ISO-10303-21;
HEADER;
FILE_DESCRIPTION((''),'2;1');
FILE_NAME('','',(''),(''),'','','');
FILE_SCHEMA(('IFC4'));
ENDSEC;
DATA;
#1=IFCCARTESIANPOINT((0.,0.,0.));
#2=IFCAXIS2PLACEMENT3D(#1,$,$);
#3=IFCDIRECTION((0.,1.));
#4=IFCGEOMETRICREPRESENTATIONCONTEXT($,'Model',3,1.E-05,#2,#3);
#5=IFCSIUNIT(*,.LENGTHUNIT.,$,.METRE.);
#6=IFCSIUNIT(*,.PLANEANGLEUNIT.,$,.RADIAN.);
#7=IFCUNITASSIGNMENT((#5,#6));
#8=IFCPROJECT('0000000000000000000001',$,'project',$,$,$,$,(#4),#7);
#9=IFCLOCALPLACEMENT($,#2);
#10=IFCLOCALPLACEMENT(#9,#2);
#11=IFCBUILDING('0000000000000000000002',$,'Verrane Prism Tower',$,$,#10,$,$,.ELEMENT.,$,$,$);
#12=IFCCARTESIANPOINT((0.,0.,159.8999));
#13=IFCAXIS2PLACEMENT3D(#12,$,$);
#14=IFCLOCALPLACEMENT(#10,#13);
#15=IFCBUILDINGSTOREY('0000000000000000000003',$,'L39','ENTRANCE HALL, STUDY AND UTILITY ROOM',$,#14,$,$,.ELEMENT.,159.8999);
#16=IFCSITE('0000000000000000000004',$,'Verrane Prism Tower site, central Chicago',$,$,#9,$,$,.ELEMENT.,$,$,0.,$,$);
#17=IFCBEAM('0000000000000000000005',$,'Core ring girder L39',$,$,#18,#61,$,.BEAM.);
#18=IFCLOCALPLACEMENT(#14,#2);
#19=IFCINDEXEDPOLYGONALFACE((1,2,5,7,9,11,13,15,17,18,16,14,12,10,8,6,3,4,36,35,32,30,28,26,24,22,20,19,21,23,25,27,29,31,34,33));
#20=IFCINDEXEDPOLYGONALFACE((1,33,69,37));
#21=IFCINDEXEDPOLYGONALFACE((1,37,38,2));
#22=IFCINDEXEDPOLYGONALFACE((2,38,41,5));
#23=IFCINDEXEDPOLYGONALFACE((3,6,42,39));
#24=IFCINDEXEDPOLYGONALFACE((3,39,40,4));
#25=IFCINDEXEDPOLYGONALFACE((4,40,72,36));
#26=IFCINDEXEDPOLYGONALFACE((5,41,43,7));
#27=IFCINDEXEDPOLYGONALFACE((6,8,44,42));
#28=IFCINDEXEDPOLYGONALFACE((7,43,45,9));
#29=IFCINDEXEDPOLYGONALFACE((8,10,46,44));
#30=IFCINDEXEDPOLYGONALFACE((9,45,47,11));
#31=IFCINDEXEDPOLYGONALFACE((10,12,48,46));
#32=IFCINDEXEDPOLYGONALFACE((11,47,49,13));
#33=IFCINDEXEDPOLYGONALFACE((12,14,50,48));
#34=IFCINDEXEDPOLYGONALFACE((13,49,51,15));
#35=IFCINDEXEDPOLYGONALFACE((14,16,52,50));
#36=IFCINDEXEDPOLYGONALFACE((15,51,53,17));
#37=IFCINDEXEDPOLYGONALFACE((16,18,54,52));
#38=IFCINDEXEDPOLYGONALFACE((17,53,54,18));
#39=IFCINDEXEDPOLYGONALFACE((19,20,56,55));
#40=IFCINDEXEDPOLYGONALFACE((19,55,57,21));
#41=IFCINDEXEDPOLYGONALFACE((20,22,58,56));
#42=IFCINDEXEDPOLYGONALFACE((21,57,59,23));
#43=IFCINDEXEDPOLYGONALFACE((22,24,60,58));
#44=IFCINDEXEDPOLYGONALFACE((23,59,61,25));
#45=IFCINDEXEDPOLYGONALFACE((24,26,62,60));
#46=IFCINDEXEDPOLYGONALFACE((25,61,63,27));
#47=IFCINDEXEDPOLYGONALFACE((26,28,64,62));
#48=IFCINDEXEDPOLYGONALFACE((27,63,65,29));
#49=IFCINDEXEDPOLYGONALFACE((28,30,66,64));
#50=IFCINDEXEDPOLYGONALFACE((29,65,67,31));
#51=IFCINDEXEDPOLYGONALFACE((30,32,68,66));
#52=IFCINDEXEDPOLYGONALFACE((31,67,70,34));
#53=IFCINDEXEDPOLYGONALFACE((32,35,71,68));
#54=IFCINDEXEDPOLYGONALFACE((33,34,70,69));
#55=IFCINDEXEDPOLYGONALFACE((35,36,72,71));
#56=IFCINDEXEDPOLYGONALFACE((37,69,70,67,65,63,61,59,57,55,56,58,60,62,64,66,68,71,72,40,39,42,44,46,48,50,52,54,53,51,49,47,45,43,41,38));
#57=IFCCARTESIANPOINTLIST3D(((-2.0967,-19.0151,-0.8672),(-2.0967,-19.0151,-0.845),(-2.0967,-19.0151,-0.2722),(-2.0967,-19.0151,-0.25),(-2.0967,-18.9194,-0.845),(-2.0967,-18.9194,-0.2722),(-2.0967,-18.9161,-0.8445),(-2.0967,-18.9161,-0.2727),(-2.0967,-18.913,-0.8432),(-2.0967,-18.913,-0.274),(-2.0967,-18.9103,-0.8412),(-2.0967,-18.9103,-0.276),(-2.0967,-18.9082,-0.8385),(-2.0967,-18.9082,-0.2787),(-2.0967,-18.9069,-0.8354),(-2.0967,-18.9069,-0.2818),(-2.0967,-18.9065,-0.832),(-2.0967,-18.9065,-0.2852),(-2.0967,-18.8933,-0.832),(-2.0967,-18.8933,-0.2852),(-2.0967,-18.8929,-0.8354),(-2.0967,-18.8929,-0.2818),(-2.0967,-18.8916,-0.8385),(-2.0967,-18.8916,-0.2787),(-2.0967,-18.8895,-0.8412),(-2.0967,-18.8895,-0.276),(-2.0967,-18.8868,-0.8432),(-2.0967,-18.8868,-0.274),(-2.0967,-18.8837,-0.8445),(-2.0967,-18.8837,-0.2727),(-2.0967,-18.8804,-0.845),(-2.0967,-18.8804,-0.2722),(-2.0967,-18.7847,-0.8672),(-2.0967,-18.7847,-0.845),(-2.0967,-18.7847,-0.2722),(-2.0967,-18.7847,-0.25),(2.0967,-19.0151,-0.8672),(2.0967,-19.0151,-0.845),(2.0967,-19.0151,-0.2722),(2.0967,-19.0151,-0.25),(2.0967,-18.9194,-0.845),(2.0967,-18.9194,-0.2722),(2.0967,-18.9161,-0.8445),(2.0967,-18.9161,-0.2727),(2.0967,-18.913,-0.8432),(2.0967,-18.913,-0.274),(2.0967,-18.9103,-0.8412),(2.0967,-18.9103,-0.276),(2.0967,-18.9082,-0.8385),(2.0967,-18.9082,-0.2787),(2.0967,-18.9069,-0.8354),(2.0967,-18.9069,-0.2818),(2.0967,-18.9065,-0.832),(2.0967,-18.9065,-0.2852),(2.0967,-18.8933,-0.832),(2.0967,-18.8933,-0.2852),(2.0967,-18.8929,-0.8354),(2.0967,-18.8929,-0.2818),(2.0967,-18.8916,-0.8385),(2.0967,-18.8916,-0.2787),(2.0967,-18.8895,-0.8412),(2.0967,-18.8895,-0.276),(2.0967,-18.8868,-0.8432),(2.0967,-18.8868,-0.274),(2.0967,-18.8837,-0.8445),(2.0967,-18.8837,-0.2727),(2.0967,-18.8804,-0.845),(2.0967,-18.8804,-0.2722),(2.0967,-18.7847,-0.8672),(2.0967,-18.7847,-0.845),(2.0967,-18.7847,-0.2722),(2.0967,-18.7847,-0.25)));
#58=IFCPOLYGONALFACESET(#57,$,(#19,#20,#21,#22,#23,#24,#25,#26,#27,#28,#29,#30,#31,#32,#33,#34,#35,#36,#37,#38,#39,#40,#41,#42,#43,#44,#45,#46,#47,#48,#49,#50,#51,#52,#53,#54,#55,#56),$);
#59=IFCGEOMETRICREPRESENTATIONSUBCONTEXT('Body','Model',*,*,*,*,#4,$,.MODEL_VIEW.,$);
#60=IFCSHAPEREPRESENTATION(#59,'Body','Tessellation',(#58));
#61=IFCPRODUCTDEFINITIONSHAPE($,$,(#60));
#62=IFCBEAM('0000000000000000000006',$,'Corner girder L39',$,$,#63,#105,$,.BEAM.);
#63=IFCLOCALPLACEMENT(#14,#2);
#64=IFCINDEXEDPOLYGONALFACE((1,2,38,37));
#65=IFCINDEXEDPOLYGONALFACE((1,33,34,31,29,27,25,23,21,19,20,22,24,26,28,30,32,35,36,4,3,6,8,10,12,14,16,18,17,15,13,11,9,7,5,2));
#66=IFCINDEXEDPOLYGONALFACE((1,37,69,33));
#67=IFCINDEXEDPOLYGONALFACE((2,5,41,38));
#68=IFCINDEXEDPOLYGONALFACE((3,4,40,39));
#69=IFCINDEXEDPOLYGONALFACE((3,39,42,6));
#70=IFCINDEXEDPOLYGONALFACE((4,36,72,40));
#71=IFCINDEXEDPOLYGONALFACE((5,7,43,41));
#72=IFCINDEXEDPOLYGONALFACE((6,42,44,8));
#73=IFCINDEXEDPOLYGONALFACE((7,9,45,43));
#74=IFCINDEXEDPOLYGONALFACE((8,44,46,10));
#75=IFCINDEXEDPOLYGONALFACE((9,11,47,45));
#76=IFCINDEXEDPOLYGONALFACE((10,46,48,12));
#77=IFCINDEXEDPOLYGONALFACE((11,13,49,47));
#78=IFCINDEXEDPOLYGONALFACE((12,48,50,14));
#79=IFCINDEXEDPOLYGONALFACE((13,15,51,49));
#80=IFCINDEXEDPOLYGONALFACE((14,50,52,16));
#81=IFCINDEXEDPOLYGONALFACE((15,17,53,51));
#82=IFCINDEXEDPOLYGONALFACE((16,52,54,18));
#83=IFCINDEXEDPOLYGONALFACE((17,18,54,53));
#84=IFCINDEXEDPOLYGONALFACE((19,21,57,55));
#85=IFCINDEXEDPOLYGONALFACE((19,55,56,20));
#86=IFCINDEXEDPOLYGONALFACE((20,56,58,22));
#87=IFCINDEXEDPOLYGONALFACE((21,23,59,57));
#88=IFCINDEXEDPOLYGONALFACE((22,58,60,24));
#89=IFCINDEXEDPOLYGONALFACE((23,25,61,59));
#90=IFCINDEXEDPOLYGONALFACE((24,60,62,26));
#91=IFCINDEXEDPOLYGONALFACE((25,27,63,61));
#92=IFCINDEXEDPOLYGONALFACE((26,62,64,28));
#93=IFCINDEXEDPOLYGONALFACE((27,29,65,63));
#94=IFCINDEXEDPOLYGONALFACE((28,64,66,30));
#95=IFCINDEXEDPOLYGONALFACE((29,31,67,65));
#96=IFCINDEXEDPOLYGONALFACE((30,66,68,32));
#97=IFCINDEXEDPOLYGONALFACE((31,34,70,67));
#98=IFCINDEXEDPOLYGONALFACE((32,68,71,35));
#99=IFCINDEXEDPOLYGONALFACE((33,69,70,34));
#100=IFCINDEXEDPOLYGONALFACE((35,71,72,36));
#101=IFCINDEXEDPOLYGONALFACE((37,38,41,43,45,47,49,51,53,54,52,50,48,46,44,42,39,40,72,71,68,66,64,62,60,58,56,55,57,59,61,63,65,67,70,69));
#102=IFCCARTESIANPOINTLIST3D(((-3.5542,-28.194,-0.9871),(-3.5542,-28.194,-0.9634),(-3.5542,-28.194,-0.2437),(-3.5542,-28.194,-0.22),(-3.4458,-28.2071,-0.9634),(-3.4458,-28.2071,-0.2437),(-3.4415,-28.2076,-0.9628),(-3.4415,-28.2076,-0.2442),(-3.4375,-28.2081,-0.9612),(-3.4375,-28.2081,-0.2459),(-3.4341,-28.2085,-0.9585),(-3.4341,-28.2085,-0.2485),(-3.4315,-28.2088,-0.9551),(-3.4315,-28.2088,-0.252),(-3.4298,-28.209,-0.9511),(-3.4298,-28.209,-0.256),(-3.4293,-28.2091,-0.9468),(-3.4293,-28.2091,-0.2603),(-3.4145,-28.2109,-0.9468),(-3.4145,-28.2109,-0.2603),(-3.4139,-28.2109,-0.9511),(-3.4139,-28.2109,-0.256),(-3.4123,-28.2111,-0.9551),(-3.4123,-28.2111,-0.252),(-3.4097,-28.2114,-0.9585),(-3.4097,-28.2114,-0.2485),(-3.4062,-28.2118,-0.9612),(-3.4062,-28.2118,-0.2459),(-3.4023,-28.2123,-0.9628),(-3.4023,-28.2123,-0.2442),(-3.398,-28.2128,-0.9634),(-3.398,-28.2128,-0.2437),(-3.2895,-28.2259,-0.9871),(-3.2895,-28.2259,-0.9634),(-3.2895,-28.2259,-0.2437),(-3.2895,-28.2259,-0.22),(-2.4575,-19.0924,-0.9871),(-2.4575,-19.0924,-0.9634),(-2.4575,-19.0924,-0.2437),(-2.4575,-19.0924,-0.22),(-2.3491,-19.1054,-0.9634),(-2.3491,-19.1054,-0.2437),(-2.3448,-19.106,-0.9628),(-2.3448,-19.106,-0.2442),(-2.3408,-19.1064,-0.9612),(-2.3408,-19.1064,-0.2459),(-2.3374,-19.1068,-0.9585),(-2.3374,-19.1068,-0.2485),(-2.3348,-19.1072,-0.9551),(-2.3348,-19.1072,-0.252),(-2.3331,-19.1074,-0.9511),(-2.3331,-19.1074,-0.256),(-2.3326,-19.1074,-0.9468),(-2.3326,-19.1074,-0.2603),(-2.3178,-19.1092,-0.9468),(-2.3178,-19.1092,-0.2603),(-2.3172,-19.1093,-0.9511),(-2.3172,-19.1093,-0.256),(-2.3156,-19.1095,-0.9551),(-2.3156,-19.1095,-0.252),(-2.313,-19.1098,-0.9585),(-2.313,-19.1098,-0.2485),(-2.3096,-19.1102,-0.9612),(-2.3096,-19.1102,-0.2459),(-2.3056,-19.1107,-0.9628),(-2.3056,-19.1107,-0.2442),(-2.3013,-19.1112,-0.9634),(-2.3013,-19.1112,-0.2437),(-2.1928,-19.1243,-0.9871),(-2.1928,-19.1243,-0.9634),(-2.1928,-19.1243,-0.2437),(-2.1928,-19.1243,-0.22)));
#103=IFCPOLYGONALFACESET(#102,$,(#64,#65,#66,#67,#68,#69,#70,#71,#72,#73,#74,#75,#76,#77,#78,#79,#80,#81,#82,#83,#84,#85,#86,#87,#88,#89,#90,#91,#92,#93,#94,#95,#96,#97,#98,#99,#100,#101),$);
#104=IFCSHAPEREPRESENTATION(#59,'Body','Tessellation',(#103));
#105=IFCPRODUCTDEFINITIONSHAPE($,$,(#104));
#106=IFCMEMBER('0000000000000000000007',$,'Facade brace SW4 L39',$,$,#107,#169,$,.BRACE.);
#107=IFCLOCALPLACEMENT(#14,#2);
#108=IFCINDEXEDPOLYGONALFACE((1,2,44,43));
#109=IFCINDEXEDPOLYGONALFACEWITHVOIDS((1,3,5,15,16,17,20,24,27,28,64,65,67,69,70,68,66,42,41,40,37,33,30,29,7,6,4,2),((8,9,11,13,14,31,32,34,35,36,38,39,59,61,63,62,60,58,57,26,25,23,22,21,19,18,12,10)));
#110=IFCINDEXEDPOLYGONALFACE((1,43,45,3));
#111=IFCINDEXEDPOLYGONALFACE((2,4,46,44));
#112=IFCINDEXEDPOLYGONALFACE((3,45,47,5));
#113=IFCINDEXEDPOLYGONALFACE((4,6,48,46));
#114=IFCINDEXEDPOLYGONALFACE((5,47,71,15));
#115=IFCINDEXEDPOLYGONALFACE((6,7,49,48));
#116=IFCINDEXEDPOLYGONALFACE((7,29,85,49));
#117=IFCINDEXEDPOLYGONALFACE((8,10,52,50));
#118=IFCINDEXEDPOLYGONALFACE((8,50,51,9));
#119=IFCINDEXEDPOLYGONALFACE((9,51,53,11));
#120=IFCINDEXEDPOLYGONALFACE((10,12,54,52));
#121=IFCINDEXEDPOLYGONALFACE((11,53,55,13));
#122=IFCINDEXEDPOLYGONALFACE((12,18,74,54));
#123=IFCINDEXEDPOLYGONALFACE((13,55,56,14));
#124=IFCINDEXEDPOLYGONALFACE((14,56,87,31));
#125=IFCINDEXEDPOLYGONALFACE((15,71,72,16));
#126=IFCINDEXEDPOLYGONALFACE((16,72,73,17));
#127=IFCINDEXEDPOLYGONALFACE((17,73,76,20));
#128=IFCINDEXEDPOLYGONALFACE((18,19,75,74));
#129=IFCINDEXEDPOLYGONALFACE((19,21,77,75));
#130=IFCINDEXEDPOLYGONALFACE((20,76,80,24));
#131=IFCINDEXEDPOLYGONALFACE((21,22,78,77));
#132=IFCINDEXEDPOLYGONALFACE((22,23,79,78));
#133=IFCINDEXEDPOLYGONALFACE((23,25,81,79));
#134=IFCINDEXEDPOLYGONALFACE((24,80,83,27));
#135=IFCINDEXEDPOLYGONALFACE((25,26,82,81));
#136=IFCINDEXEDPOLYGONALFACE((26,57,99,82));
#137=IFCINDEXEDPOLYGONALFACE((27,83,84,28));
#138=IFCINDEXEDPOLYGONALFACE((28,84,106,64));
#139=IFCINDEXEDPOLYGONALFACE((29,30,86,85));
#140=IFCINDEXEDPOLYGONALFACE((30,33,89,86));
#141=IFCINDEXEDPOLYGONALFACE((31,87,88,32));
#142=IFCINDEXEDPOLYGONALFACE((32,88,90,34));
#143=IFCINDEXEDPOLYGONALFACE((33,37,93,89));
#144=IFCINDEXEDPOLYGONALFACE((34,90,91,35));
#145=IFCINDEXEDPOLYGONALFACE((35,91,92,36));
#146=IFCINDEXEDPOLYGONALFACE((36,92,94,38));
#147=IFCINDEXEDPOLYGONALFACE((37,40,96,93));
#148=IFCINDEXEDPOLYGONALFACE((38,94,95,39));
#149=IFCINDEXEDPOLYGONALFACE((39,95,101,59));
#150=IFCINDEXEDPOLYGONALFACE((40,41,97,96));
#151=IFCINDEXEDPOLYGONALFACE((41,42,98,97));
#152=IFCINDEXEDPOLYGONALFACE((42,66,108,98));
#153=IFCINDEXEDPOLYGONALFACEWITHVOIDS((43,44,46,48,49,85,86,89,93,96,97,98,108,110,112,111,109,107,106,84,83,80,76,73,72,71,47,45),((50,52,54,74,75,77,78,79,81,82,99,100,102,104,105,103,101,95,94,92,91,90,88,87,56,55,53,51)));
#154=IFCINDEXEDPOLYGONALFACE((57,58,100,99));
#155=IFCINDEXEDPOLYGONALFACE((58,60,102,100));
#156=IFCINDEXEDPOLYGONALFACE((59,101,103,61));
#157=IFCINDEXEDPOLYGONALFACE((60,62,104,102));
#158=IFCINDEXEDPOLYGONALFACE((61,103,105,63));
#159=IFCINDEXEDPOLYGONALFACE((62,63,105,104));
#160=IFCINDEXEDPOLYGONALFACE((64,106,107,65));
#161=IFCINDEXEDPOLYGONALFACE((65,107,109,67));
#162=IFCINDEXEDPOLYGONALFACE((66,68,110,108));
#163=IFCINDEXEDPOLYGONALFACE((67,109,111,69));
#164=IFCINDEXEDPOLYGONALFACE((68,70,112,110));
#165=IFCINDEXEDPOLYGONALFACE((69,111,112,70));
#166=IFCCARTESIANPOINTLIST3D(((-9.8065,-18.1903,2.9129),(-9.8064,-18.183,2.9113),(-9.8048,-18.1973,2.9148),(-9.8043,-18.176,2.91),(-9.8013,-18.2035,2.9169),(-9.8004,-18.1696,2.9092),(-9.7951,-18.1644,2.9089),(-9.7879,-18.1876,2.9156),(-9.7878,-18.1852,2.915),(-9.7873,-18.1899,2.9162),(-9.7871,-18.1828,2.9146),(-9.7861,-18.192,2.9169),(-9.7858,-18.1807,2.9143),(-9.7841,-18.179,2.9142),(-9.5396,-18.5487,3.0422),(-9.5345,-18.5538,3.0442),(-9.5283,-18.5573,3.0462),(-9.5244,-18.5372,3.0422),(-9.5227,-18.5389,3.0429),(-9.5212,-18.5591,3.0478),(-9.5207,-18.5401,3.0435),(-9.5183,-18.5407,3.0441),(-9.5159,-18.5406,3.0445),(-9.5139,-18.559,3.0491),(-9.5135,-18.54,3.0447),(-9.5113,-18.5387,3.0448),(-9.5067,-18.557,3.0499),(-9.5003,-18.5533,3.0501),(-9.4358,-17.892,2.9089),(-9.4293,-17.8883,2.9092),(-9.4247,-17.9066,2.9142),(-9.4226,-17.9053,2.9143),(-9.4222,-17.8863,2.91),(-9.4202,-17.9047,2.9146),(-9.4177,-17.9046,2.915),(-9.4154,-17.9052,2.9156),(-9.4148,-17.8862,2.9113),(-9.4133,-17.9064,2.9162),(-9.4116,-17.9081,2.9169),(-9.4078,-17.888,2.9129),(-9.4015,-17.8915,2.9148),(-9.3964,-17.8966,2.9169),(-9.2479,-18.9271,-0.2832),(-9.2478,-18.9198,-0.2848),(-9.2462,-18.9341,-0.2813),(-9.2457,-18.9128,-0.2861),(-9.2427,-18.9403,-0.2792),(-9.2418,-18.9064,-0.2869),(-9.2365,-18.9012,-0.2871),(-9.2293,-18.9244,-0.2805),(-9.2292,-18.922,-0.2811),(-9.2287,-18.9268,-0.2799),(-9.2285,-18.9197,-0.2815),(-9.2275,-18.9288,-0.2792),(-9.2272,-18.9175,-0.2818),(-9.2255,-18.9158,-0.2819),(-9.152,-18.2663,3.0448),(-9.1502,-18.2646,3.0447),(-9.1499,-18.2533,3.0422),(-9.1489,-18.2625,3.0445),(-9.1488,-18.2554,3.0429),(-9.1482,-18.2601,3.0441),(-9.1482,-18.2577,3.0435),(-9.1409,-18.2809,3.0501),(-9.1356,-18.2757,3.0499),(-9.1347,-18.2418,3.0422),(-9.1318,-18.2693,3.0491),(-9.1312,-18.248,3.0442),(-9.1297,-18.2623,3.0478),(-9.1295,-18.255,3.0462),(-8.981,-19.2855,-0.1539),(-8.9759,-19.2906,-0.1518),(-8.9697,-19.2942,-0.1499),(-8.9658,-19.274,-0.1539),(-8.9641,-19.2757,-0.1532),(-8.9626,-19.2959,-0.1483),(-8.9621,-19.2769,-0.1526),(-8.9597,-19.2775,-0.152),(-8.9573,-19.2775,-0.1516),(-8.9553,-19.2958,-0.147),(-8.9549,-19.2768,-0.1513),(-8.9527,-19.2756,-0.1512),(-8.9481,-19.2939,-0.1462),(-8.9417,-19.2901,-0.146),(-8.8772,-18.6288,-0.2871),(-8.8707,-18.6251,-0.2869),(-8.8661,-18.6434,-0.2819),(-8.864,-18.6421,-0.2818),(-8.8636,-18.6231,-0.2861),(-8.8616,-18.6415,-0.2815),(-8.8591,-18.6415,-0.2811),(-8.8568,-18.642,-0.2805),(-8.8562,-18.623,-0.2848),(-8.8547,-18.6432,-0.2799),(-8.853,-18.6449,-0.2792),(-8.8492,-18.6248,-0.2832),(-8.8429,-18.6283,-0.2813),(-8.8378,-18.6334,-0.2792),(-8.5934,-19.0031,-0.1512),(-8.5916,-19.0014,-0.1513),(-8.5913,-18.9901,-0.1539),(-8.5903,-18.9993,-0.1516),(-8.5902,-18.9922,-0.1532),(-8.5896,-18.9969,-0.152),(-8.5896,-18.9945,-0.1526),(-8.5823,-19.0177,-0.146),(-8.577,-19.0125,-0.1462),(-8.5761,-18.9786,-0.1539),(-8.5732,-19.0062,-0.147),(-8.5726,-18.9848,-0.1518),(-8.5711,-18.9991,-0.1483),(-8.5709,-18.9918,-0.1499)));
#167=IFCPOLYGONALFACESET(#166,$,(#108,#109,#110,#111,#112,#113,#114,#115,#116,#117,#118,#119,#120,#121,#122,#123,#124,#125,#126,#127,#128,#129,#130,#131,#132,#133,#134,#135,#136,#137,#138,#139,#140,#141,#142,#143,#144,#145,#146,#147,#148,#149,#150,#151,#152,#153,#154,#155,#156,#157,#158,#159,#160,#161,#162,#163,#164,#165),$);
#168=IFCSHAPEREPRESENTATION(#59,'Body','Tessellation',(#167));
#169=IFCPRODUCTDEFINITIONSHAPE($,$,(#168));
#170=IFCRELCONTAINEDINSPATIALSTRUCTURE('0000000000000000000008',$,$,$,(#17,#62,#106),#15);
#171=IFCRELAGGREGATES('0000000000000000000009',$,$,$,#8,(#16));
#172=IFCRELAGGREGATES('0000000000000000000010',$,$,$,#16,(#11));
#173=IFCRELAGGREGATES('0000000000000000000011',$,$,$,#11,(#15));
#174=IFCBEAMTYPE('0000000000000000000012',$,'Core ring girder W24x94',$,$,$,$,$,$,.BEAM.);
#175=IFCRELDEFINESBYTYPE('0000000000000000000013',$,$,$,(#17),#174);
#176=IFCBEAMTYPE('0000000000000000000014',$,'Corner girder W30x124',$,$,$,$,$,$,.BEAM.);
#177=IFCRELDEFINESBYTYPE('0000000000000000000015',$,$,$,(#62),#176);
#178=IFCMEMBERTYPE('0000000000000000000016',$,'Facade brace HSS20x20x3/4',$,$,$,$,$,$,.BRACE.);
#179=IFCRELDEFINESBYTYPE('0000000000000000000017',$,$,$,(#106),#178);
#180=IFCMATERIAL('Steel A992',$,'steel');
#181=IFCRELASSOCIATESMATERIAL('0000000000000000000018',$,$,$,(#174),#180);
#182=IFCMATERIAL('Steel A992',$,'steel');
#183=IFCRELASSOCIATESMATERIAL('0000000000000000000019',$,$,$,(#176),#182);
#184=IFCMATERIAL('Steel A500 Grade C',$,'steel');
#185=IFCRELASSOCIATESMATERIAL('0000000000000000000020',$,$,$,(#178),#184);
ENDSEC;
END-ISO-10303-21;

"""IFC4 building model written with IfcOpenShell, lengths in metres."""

from ifc_helpers import new_model, si_unit, direction, frame, origin, origin_2d, place, context, subcontext, project, spatial, hollow_rectangle, i_section, extrude, material, material_profile, profile_set, type_object, element, save


model = new_model("IFC4")

# Units and contexts
model_context = context("Model", 3, precision=1e-05, world=origin(), true_north=direction((0.0, 1.0)))
body_context = subcontext(model_context, "Body", "Model", "MODEL_VIEW")
ifc_project = project(units=[si_unit("LENGTHUNIT", "METRE"), si_unit("PLANEANGLEUNIT", "RADIAN")], contexts=[model_context])

# Site, building, storey
site_placement = place(None, origin())
site = spatial("IfcSite", under=ifc_project, at=site_placement, Name="Verrane Prism Tower site, central Chicago", CompositionType="ELEMENT", RefElevation=0.0)
building_placement = place(site_placement, origin())
building = spatial("IfcBuilding", under=site, at=building_placement, Name="Verrane Prism Tower", CompositionType="ELEMENT")
storey_placement = place(building_placement, frame((0.0, 0.0, 159.8999)))
storey = spatial("IfcBuildingStorey", under=building, at=storey_placement, Name="L39", Description="ENTRANCE HALL, STUDY AND UTILITY ROOM", CompositionType="ELEMENT", Elevation=159.8999)

# Beams
ifc_material_1 = material(Name="Steel A992", Category="steel")
ifc_material_profile_1 = material_profile(ifc_material_1, i_section(OverallWidth=0.2305, OverallDepth=0.6172, WebThickness=0.0132, FlangeThickness=0.0222, FilletRadius=0.0129, at=origin_2d()), Name="W24x94")
ifc_profile_set_1 = profile_set([ifc_material_profile_1], Name="Steel A992")
beam_type_1 = type_object("IfcBeamType", Name="Core ring girder W24x94", PredefinedType="BEAM", material=ifc_profile_set_1)
beam_1_placement = place(storey_placement, frame((-2.0967, -18.8999, -0.5586), z_axis=(1.0, 0.0, 0.0), x_axis=(0.0, 1.0, 0.0)))
element("IfcBeam", 1, at=beam_1_placement, inside=storey, type_object=beam_type_1, Name="Core ring girder L39", PredefinedType="BEAM", context=body_context, shape_type="SweptSolid", body=[
    extrude(i_section(OverallWidth=0.2305, OverallDepth=0.6172, WebThickness=0.0132, FlangeThickness=0.0222, FilletRadius=0.0129, at=origin_2d()), origin(), (0.0, 0.0, 1.0), 4.1934),
])
ifc_material_2 = material(Name="Steel A992", Category="steel")
ifc_material_profile_2 = material_profile(ifc_material_2, i_section(OverallWidth=0.2666, OverallDepth=0.7671, WebThickness=0.0149, FlangeThickness=0.0237, FilletRadius=0.0166, at=origin_2d()), Name="W30x124")
ifc_profile_set_2 = profile_set([ifc_material_profile_2], Name="Steel A992")
beam_type_2 = type_object("IfcBeamType", Name="Corner girder W30x124", PredefinedType="BEAM", material=ifc_profile_set_2)
beam_2_placement = place(storey_placement, frame((-3.4219, -28.21, -0.6035), z_axis=(0.119628, 0.992819, 0.0), x_axis=(-0.992819, 0.119628, 0.0)))
element("IfcBeam", 2, at=beam_2_placement, inside=storey, type_object=beam_type_2, Name="Corner girder L39", PredefinedType="BEAM", context=body_context, shape_type="SweptSolid", body=[
    extrude(i_section(OverallWidth=0.2666, OverallDepth=0.7671, WebThickness=0.0149, FlangeThickness=0.0237, FilletRadius=0.0166, at=origin_2d()), origin(), (0.0, 0.0, 1.0), 9.1675),
])

# Member
ifc_material_3 = material(Name="Steel A500 Grade C", Category="steel")
ifc_material_profile_3 = material_profile(ifc_material_3, hollow_rectangle(XDim=0.5081, YDim=0.5081, WallThickness=0.019, InnerFilletRadius=0.0095, OuterFilletRadius=0.0286, at=origin_2d()), Name="HSS20x20x3/4")
ifc_profile_set_3 = profile_set([ifc_material_profile_3], Name="Steel A500 Grade C")
member_type_1 = type_object("IfcMemberType", Name="Facade brace HSS20x20x3/4", PredefinedType="BRACE", material=ifc_profile_set_3)
member_1_placement = place(storey_placement, frame((-8.9094, -18.9595, -0.2166), z_axis=(-0.167892, 0.221459, 0.960608), x_axis=(-0.796884, -0.604132, 0.0)))
element("IfcMember", 3, at=member_1_placement, inside=storey, type_object=member_type_1, Name="Facade brace SW4 L39", PredefinedType="BRACE", context=body_context, shape_type="SweptSolid", body=[
    extrude(hollow_rectangle(XDim=0.5081, YDim=0.5081, WallThickness=0.019, InnerFilletRadius=0.0095, OuterFilletRadius=0.0286, at=origin_2d()), origin(), (0.0, 0.0, 1.0), 3.3271),
])

save(model, "model.ifc")
